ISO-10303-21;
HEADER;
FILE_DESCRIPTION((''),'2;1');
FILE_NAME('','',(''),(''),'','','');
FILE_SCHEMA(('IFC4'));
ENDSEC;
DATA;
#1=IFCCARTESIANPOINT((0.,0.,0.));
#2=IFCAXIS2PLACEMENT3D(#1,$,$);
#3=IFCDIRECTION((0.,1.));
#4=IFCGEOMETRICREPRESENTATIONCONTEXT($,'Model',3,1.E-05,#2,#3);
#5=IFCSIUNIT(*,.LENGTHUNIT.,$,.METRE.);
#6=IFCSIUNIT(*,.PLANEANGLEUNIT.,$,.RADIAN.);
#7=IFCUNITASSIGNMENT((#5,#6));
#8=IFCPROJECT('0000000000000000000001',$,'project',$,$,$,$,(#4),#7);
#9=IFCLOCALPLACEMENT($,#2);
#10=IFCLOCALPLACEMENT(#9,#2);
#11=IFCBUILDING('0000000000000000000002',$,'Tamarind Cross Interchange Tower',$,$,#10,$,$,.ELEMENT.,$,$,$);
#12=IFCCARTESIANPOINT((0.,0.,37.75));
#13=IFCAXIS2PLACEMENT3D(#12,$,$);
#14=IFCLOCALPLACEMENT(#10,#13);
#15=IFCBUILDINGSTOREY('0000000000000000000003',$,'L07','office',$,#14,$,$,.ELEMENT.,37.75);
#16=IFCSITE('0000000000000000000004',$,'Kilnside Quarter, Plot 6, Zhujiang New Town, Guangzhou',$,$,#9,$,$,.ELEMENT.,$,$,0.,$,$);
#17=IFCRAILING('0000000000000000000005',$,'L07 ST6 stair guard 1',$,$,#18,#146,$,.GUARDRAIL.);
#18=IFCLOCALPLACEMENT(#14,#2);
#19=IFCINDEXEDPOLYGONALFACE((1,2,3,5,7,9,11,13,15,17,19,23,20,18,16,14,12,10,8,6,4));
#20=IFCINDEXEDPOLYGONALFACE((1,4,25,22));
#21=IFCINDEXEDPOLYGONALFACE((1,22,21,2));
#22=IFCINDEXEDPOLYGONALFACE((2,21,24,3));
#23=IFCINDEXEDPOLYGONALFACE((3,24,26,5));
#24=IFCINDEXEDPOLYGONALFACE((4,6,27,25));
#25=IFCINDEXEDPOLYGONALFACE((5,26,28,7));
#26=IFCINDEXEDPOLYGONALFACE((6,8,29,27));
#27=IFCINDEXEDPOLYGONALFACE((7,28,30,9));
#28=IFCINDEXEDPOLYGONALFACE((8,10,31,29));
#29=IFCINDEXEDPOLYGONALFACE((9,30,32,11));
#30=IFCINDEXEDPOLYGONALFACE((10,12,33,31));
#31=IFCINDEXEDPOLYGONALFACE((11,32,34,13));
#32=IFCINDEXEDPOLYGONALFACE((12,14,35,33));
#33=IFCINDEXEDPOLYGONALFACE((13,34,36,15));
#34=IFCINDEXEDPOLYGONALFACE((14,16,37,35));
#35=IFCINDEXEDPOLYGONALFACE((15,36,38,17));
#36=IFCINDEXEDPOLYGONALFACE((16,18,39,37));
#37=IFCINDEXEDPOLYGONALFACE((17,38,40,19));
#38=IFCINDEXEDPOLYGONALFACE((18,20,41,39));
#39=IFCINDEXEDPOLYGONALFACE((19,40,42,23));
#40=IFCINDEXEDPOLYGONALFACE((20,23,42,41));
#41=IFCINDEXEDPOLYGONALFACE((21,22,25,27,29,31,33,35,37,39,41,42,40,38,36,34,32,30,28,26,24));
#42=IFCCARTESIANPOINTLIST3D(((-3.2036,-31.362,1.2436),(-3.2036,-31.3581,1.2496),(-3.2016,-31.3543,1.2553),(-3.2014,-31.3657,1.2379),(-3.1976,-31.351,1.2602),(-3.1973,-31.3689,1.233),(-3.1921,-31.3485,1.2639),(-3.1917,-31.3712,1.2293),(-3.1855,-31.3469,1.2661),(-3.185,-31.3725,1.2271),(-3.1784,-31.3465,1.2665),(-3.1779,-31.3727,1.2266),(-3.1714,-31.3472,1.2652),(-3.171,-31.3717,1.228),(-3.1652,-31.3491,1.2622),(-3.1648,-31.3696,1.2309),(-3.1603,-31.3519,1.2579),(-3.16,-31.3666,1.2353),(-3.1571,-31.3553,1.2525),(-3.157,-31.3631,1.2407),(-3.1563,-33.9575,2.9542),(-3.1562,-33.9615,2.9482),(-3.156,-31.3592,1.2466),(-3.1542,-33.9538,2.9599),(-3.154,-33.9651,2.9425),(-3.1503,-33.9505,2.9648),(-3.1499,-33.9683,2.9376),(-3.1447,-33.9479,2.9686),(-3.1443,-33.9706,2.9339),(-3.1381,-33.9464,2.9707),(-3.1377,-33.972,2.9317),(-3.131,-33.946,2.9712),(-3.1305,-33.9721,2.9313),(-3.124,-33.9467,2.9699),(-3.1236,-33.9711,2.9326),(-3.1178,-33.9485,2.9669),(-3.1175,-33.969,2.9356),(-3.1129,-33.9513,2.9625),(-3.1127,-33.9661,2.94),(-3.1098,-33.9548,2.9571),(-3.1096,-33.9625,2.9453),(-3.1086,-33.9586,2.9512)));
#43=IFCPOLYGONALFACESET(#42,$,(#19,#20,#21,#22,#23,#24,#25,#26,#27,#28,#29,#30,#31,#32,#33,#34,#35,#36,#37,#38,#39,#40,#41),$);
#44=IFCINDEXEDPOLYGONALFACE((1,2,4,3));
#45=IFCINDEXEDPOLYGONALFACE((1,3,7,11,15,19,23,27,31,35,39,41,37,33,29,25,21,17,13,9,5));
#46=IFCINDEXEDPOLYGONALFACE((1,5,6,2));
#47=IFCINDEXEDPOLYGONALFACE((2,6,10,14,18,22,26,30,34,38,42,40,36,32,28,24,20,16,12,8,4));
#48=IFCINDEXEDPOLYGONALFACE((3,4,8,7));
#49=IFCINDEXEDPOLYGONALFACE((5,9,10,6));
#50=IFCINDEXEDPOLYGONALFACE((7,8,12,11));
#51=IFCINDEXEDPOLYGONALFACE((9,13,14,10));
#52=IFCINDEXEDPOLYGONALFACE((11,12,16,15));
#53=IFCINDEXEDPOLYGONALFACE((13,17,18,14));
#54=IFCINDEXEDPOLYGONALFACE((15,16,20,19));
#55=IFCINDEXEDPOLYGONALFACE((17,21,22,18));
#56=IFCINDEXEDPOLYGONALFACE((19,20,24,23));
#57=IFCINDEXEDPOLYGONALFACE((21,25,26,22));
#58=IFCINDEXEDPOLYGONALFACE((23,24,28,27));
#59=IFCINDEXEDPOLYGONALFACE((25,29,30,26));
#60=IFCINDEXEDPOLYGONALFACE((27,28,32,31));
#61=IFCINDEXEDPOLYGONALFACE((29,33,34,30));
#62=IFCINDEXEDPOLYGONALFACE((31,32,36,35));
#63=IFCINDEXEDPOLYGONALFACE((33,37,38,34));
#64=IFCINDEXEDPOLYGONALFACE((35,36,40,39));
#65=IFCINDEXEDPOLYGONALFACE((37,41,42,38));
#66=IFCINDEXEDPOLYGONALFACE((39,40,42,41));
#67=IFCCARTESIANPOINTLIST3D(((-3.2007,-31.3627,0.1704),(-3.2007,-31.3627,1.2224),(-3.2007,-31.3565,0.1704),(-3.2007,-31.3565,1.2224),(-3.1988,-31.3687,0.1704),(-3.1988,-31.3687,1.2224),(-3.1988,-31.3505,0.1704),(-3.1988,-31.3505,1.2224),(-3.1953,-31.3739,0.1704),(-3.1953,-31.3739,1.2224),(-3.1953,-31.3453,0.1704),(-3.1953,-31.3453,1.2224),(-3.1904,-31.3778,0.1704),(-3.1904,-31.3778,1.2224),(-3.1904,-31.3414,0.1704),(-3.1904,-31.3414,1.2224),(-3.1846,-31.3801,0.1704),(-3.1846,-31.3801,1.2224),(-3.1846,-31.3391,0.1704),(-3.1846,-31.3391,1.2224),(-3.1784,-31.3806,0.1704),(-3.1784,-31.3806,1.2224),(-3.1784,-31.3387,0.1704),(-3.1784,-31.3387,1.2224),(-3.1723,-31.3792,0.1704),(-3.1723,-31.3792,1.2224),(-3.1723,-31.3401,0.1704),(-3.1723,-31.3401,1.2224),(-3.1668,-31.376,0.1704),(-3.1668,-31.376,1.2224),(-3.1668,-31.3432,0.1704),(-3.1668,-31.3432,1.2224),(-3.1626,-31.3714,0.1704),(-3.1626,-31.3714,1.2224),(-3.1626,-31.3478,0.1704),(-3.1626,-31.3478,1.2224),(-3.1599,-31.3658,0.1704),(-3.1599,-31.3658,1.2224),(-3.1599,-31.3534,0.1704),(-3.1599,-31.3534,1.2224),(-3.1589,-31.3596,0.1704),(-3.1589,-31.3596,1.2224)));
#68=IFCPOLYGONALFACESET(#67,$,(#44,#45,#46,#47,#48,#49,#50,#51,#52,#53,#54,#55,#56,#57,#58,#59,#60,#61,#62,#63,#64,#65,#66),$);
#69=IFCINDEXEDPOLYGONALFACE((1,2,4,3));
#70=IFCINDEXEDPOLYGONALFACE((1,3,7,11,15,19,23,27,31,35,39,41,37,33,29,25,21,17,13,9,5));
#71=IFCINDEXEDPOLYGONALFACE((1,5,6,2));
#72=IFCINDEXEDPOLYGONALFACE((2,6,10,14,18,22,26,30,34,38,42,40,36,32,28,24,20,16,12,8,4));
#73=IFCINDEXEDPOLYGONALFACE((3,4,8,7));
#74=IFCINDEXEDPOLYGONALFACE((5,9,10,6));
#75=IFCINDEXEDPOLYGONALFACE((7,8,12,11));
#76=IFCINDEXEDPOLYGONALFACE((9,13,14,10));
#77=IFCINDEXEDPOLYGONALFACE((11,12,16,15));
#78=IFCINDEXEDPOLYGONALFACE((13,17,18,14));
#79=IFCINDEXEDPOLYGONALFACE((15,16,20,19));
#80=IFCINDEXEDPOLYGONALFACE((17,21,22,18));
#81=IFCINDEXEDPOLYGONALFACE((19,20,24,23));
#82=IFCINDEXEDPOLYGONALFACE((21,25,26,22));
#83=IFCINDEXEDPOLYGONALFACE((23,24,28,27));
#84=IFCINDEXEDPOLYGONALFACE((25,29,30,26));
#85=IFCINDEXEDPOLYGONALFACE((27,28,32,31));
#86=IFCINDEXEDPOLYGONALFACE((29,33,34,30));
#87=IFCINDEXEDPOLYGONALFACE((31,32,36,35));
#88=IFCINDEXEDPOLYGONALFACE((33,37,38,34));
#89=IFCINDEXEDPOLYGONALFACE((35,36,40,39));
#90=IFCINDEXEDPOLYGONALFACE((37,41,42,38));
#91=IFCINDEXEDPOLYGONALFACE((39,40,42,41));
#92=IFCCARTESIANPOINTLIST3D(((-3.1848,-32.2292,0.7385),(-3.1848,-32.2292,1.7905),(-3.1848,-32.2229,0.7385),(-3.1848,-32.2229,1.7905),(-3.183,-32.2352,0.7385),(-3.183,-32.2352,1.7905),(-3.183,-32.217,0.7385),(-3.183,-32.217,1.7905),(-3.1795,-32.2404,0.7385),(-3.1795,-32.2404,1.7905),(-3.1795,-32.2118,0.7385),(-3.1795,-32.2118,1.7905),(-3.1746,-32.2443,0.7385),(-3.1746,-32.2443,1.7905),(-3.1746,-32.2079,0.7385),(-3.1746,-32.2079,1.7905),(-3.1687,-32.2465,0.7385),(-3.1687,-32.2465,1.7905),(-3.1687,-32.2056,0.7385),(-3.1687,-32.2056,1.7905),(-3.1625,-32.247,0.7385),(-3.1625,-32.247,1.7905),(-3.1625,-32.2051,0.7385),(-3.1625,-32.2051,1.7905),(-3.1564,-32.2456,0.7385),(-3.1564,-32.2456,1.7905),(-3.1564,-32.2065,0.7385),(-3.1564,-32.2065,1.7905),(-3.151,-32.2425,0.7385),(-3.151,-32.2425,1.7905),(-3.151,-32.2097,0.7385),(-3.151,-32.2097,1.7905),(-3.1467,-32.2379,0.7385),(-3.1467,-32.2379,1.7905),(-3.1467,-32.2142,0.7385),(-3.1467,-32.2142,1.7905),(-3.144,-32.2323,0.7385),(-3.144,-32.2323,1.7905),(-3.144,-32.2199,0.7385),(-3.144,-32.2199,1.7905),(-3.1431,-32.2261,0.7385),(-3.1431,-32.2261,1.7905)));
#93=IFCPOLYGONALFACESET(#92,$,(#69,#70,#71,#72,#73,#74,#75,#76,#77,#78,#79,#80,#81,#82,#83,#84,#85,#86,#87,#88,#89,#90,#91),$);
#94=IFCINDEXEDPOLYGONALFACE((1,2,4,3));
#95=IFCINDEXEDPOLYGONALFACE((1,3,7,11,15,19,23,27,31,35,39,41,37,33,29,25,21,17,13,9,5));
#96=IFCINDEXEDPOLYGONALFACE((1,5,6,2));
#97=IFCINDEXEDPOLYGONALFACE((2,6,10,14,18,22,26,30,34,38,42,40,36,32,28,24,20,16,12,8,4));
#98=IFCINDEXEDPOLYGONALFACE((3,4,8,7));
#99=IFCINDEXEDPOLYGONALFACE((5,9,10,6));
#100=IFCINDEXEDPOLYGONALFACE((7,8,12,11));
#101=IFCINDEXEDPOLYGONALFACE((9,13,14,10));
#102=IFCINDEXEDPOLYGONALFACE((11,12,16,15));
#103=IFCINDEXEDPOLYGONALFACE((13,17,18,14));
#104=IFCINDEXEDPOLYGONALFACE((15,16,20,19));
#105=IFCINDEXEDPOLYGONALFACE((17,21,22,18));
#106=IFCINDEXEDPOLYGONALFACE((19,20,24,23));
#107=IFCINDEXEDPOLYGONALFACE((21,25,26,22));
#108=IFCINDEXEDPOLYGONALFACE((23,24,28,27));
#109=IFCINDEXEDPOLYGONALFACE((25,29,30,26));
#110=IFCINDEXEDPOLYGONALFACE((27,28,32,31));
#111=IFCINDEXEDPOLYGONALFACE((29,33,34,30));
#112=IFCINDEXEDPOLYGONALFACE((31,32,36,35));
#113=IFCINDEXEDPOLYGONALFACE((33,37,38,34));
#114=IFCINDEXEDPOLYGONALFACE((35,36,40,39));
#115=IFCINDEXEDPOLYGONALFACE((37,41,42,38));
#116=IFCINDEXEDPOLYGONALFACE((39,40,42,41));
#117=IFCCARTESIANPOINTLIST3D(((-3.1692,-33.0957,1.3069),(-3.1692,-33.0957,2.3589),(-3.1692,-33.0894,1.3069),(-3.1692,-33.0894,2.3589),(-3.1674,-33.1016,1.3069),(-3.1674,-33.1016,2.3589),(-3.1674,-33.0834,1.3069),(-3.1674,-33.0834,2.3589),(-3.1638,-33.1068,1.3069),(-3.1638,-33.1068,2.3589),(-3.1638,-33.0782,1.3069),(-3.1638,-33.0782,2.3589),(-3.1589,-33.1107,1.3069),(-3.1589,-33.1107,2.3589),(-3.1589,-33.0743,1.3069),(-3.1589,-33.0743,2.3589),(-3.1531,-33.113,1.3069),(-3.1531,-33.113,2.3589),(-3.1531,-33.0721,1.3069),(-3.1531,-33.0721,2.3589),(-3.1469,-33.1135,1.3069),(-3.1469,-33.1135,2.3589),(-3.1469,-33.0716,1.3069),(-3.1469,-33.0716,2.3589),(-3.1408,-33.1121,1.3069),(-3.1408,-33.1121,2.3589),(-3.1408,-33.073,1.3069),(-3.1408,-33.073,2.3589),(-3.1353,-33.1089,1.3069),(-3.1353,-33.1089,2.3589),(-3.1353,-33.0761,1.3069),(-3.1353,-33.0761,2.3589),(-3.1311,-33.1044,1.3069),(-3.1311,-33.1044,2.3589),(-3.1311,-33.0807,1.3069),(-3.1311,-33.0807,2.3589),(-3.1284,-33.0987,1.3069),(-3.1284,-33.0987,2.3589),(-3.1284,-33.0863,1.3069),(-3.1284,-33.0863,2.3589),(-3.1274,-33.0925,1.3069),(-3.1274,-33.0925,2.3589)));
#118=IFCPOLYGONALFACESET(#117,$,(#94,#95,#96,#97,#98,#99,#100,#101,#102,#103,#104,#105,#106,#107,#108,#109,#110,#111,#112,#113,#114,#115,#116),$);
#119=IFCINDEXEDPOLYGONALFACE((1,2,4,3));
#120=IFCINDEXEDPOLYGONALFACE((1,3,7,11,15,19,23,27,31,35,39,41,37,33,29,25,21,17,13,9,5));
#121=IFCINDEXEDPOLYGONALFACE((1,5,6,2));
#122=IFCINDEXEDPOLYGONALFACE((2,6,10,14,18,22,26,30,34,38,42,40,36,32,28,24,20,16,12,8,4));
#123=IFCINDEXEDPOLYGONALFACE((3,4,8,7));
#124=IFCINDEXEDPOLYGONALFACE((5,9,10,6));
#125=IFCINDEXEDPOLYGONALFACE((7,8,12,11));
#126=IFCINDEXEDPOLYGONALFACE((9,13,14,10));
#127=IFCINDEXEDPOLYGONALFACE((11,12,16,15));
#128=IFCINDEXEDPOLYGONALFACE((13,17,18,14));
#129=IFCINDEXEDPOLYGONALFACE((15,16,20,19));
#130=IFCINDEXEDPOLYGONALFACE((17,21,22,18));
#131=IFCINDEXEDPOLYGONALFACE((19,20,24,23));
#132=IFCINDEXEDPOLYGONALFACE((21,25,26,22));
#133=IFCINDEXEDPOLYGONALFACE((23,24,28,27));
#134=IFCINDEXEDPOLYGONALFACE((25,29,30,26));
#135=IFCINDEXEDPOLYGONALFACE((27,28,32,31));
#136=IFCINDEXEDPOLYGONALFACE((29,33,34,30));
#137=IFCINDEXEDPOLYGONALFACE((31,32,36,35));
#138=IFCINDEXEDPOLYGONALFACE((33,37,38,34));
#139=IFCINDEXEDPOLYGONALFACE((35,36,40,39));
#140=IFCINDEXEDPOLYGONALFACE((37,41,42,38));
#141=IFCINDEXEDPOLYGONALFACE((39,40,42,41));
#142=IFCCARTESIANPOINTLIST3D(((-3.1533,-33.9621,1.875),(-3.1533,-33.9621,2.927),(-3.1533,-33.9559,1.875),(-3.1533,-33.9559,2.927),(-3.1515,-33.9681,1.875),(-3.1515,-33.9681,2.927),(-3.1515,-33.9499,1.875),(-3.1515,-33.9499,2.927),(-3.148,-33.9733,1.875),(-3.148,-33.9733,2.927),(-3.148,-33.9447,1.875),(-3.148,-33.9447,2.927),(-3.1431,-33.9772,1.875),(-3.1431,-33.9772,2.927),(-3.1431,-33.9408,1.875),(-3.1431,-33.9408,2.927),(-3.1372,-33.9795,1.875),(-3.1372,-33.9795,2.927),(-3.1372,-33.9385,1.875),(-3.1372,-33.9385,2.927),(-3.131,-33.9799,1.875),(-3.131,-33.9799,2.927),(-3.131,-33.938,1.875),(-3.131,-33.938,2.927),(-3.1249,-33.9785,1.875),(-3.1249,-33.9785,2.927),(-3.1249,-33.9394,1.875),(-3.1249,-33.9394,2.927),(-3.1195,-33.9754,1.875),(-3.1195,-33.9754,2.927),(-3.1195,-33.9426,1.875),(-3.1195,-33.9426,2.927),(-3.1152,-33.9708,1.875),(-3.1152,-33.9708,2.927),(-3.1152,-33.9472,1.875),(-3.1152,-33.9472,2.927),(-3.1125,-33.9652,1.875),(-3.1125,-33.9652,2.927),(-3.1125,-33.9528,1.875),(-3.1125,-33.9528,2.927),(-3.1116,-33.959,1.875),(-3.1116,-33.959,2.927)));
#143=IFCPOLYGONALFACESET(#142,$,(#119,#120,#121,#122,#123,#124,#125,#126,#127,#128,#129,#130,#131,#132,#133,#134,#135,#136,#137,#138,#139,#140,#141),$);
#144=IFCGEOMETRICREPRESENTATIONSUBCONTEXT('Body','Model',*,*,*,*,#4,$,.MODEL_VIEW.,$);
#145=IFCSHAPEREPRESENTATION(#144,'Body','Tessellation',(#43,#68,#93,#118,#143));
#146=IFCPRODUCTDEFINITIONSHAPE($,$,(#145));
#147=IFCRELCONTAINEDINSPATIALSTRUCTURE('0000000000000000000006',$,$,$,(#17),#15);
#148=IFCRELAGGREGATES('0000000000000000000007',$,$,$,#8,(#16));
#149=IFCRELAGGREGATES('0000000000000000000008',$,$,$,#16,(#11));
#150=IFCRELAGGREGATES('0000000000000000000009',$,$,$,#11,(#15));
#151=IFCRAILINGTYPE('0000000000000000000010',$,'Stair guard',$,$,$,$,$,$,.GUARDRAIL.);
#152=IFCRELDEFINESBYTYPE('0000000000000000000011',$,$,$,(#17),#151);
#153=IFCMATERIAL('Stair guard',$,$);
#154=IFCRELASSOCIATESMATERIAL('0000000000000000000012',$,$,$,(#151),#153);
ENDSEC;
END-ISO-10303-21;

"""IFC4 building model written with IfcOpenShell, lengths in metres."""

from ifc_helpers import new_model, si_unit, direction, frame, origin, origin_2d, place, context, subcontext, project, spatial, circle, extrude, material, type_object, element, save


model = new_model("IFC4")

# Units and contexts
model_context = context("Model", 3, precision=1e-05, world=origin(), true_north=direction((0.0, 1.0)))
body_context = subcontext(model_context, "Body", "Model", "MODEL_VIEW")
ifc_project = project(units=[si_unit("LENGTHUNIT", "METRE"), si_unit("PLANEANGLEUNIT", "RADIAN")], contexts=[model_context])

# Site, building, storey
site_placement = place(None, origin())
site = spatial("IfcSite", under=ifc_project, at=site_placement, Name="Kilnside Quarter, Plot 6, Zhujiang New Town, Guangzhou", CompositionType="ELEMENT", RefElevation=0.0)
building_placement = place(site_placement, origin())
building = spatial("IfcBuilding", under=site, at=building_placement, Name="Tamarind Cross Interchange Tower", CompositionType="ELEMENT")
storey_placement = place(building_placement, frame((0.0, 0.0, 37.75)))
storey = spatial("IfcBuildingStorey", under=building, at=storey_placement, Name="L07", Description="office", CompositionType="ELEMENT", Elevation=37.75)

# Railing
ifc_material_1 = material(Name="Stair guard")
railing_type_1 = type_object("IfcRailingType", Name="Stair guard", PredefinedType="GUARDRAIL", material=ifc_material_1)
railing_1_placement = place(storey_placement, frame((-3.1799, -31.3596, 0.1704)))
element("IfcRailing", 1, at=railing_1_placement, inside=storey, type_object=railing_type_1, Name="L07 ST6 stair guard 1", PredefinedType="GUARDRAIL", context=body_context, shape_type="SweptSolid", body=[
    extrude(circle(Radius=0.0239, at=origin_2d()), frame((0.0, 0.0, 1.0762), z_axis=(0.015235, -0.836134, 0.548313), x_axis=(0.999834, 0.018218, 0.0)), (0.0, 0.0, 1.0), 3.1089),
    extrude(circle(Radius=0.021, at=origin_2d()), origin(), (0.0, 0.0, 1.0), 1.052),
    extrude(circle(Radius=0.021, at=origin_2d()), frame((0.0159, -0.8665, 0.5681)), (0.0, 0.0, 1.0), 1.052),
    extrude(circle(Radius=0.021, at=origin_2d()), frame((0.0315, -1.7329, 1.1365)), (0.0, 0.0, 1.0), 1.052),
    extrude(circle(Radius=0.021, at=origin_2d()), frame((0.0474, -2.5994, 1.7046)), (0.0, 0.0, 1.0), 1.052),
])

save(model, "model.ifc")
